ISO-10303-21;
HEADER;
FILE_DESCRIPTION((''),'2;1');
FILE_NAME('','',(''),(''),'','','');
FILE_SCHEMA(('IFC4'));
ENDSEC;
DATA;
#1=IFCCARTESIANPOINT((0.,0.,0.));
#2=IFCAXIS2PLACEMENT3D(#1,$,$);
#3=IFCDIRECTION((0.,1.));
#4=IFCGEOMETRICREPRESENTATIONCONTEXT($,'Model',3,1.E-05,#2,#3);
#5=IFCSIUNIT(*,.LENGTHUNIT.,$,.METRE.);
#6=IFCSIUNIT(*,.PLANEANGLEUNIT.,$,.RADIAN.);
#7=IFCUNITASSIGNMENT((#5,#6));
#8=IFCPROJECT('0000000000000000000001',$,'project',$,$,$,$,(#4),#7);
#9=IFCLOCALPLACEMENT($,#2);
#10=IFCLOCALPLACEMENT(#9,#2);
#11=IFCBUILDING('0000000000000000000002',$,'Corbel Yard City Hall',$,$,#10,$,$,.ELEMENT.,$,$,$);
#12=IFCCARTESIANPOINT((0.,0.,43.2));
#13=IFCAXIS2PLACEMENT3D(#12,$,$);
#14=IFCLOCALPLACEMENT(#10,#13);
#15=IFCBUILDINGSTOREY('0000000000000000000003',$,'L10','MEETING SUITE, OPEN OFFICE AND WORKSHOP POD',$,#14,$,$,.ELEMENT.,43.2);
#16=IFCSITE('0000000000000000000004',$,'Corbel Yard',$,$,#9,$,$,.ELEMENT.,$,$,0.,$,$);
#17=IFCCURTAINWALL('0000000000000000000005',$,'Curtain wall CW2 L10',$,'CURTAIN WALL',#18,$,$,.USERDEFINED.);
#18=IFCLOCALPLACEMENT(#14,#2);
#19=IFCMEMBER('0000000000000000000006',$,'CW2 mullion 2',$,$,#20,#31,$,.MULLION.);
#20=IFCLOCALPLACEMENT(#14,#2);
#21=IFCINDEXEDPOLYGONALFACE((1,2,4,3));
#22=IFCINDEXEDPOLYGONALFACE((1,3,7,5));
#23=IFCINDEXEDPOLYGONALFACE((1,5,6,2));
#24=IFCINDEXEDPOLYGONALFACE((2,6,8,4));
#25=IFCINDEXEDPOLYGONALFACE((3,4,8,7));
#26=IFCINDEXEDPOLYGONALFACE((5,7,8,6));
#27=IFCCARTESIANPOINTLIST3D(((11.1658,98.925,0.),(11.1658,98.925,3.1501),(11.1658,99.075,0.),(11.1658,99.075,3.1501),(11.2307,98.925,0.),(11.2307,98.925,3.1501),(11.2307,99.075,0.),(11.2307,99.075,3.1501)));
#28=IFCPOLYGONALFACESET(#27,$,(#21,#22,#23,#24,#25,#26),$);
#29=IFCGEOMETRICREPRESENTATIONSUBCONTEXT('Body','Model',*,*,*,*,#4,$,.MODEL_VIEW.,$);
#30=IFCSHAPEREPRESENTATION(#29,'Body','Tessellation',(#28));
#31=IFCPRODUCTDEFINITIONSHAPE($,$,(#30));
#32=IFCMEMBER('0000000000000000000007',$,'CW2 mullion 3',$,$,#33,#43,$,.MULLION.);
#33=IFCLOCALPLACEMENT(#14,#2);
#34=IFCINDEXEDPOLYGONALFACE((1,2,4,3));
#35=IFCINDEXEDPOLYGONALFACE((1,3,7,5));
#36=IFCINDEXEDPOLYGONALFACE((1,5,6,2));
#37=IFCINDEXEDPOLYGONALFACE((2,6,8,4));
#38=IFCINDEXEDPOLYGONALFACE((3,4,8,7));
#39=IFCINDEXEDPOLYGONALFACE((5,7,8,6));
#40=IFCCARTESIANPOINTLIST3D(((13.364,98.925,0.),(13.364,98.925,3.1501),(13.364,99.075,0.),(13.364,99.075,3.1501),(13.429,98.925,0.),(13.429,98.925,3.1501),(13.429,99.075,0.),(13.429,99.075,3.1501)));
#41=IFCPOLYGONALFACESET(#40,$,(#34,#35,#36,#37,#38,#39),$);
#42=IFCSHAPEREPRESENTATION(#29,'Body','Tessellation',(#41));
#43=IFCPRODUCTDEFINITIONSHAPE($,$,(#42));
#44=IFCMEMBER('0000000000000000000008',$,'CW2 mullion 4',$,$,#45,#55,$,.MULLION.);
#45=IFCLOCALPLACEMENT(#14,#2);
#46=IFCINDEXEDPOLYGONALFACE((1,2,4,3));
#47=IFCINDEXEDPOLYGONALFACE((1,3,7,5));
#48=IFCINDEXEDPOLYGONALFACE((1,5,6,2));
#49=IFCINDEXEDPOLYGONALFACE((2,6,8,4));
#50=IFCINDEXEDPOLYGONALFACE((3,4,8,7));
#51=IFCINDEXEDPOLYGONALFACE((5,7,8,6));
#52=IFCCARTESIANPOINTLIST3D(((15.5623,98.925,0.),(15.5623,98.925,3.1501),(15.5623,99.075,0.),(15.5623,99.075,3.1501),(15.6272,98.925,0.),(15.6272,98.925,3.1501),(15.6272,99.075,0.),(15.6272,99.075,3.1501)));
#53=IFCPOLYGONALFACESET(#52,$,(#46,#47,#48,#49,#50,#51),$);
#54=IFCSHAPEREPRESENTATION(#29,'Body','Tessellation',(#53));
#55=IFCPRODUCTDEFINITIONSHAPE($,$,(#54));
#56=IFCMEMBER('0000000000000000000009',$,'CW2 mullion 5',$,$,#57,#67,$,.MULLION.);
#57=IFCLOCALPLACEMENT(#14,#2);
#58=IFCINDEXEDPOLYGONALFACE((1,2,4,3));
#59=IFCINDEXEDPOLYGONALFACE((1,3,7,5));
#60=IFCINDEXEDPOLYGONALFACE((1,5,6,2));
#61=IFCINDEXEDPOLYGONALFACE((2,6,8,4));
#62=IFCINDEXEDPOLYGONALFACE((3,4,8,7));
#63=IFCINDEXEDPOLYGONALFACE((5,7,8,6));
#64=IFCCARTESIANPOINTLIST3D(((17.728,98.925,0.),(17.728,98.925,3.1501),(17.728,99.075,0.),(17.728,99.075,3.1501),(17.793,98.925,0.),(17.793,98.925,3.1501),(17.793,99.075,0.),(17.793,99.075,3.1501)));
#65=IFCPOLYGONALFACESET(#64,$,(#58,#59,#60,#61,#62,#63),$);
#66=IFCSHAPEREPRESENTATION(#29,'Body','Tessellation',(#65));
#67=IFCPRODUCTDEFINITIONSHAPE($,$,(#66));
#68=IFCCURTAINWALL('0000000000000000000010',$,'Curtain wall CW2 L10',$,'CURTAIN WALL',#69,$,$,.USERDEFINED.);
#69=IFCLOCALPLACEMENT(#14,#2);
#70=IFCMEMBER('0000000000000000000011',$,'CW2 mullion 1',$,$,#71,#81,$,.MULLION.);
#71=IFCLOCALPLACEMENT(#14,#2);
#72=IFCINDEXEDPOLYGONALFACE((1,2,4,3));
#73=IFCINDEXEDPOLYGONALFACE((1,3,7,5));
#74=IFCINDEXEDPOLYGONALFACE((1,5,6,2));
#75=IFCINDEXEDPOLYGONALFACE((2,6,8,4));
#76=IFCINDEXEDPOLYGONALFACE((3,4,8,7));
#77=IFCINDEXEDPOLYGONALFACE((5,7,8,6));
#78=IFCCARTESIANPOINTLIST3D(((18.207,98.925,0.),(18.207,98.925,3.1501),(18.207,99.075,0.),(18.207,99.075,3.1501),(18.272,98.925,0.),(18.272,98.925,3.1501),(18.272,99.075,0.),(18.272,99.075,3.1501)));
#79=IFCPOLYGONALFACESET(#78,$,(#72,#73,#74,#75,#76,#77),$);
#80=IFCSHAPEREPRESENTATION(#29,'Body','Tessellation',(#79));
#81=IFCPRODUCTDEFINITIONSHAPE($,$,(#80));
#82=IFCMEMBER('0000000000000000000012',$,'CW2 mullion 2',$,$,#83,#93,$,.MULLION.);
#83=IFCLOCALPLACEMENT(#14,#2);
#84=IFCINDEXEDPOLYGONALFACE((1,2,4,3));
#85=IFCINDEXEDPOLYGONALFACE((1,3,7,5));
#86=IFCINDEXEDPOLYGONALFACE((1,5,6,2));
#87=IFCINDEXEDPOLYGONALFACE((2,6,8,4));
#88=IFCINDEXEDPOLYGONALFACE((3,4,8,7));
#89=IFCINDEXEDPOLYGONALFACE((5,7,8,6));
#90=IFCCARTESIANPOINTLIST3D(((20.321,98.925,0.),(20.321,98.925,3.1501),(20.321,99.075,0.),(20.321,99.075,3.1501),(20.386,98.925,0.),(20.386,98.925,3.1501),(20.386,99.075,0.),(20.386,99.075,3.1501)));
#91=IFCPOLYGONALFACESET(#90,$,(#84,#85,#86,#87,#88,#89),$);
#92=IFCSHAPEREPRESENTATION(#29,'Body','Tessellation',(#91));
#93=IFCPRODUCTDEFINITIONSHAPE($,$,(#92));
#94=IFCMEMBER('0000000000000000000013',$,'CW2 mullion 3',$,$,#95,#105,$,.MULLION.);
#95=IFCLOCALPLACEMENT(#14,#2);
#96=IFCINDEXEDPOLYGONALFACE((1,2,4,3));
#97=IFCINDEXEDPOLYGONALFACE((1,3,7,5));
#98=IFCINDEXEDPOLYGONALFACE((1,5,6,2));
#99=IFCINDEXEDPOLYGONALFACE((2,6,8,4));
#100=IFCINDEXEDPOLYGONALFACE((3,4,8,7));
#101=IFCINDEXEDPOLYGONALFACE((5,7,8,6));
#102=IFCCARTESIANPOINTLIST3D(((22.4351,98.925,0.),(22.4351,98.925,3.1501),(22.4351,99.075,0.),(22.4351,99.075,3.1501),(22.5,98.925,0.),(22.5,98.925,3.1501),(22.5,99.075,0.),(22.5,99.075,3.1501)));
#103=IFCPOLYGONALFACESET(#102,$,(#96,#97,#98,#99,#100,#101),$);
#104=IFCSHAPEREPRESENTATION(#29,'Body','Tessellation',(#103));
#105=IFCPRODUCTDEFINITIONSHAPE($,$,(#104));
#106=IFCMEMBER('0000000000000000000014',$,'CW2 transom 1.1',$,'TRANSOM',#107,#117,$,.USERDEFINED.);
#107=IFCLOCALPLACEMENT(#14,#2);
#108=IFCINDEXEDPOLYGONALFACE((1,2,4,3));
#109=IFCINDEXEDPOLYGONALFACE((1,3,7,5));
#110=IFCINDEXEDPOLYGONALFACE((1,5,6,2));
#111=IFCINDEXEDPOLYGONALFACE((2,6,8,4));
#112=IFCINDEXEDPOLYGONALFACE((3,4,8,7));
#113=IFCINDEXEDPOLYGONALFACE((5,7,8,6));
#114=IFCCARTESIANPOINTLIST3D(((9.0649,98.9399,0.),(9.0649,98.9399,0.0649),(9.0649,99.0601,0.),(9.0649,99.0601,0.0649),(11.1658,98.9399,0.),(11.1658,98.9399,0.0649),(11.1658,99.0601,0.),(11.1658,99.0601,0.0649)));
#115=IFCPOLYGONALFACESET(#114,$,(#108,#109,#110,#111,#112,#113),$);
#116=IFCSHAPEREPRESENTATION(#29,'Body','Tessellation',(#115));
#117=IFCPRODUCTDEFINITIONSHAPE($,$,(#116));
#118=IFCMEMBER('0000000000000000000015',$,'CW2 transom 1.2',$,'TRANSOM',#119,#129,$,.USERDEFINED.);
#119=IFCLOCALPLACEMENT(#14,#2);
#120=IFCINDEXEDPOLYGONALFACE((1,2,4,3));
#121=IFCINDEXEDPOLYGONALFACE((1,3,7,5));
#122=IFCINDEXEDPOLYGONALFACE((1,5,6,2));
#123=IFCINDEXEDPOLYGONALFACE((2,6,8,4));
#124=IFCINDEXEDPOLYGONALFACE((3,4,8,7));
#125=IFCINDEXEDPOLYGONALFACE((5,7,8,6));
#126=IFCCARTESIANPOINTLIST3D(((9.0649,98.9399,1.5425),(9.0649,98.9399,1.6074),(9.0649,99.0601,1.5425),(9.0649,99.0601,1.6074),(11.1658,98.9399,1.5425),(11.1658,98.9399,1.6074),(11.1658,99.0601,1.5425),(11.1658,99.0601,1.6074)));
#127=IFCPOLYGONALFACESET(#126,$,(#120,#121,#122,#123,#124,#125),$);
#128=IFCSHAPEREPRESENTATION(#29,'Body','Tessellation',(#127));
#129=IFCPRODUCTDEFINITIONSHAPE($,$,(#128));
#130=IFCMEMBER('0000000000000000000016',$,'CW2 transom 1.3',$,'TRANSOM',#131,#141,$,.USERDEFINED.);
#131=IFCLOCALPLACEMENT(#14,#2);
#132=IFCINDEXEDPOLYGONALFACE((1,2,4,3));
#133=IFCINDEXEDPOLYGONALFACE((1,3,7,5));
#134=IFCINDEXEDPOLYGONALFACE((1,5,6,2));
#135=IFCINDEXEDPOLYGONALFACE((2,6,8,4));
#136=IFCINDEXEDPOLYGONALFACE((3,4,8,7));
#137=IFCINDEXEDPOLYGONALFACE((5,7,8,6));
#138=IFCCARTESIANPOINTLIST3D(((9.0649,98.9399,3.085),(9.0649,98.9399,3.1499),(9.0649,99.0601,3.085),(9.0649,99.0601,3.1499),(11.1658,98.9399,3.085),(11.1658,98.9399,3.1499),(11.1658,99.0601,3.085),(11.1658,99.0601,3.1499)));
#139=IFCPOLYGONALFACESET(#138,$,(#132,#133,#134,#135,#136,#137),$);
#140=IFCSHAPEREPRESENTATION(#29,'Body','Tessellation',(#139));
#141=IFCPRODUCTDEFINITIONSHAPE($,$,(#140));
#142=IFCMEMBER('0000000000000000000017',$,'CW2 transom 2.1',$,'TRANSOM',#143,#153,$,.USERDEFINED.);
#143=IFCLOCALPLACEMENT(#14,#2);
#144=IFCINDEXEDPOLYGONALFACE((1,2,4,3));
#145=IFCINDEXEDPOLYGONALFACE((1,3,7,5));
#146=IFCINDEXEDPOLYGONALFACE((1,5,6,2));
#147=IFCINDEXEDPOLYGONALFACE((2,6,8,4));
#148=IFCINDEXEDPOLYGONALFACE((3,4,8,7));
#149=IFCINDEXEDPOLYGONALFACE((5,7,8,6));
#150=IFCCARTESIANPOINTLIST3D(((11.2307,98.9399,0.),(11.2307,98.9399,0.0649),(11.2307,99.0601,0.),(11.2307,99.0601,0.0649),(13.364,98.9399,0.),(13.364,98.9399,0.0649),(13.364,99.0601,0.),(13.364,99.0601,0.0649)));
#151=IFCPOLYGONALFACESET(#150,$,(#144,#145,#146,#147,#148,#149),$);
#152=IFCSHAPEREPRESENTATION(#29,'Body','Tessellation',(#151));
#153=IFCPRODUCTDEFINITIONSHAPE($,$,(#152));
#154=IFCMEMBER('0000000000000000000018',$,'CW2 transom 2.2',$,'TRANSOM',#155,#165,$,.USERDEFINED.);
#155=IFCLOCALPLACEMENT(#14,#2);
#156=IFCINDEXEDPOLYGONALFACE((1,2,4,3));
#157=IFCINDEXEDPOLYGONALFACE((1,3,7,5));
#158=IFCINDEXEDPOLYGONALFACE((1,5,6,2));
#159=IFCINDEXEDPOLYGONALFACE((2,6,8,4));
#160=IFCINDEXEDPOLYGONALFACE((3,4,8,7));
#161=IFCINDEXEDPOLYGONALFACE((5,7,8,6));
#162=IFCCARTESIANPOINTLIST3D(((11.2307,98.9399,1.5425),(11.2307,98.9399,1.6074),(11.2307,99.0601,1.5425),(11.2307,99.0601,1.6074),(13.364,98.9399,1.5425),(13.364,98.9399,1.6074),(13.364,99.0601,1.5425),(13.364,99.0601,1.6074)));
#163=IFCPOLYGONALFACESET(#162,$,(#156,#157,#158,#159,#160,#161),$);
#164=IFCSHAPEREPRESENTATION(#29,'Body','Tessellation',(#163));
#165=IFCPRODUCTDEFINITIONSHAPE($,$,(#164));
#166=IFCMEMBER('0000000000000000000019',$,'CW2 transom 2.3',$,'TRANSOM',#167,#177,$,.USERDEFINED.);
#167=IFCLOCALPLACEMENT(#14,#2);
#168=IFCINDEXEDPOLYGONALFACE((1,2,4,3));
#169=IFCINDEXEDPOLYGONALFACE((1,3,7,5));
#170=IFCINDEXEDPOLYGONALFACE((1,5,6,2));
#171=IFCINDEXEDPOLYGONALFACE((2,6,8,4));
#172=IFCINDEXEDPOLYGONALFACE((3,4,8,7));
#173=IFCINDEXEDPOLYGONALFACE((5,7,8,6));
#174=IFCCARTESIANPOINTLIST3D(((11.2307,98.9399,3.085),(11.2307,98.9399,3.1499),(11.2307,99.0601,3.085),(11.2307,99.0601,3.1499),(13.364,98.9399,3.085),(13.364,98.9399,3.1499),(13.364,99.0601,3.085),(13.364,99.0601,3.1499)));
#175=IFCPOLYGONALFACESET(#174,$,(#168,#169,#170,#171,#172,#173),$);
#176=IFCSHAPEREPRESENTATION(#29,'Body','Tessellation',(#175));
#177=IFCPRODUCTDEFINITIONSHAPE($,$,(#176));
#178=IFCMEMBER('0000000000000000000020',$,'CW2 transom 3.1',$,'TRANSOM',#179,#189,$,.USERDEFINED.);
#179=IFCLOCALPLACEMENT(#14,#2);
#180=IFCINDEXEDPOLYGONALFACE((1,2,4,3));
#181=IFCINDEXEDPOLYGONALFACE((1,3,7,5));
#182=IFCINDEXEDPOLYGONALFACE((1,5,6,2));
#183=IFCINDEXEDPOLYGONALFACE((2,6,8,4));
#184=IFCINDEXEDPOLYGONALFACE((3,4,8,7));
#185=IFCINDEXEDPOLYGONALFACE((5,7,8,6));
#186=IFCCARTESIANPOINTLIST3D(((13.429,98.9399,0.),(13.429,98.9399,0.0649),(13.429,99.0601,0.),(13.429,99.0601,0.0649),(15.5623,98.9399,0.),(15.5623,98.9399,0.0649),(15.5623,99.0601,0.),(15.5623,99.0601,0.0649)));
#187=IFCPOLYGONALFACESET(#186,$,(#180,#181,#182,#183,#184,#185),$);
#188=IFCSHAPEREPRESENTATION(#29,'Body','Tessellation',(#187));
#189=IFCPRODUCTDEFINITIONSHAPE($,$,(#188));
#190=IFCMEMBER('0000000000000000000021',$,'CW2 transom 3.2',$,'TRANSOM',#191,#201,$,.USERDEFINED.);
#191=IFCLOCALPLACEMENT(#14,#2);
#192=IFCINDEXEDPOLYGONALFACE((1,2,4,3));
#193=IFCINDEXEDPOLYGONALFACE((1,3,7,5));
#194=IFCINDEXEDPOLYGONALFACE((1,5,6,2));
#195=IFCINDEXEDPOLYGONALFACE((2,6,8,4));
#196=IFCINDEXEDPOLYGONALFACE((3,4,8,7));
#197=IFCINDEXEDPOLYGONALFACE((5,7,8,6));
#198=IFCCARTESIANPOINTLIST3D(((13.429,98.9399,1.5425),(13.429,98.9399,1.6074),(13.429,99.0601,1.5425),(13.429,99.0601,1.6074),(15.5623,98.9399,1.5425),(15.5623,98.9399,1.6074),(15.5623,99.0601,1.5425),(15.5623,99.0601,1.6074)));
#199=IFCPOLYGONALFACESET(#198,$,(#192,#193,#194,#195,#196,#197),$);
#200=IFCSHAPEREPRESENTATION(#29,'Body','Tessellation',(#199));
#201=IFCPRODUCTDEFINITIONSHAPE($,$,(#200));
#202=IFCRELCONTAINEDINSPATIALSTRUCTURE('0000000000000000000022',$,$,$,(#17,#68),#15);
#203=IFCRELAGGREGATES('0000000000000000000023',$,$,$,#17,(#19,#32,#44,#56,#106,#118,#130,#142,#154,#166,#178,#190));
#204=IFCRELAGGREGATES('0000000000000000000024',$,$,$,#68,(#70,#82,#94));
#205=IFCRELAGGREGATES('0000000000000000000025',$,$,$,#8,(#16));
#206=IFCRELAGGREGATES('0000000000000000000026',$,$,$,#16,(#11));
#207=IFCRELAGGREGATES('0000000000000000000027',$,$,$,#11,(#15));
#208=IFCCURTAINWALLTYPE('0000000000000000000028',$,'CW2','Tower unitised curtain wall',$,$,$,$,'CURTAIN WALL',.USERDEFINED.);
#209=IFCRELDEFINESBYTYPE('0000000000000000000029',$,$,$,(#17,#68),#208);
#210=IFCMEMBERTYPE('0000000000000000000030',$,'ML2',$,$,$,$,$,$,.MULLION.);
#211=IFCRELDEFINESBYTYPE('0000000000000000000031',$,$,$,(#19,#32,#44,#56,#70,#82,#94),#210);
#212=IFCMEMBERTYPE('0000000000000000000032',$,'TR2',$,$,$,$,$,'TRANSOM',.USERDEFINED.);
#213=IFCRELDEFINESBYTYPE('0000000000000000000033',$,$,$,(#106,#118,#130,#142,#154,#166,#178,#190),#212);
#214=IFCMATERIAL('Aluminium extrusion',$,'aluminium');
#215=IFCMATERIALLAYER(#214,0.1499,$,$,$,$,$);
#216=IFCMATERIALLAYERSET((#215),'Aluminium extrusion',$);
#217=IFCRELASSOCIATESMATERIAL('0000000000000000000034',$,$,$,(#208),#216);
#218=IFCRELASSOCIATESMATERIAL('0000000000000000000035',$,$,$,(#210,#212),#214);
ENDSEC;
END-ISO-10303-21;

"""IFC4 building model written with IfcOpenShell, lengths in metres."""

from ifc_helpers import new_model, si_unit, direction, frame, origin, origin_2d, place, context, subcontext, project, spatial, rectangle, extrude, material, layer, layer_set, material_profile, profile_set, type_object, element, aggregate, save


model = new_model("IFC4")

# Units and contexts
model_context = context("Model", 3, precision=1e-05, world=origin(), true_north=direction((0.0, 1.0)))
body_context = subcontext(model_context, "Body", "Model", "MODEL_VIEW")
ifc_project = project(units=[si_unit("LENGTHUNIT", "METRE"), si_unit("PLANEANGLEUNIT", "RADIAN")], contexts=[model_context])

# Site, building, storey
site_placement = place(None, origin())
site = spatial("IfcSite", under=ifc_project, at=site_placement, Name="Corbel Yard", CompositionType="ELEMENT", RefElevation=0.0)
building_placement = place(site_placement, origin())
building = spatial("IfcBuilding", under=site, at=building_placement, Name="Corbel Yard City Hall", CompositionType="ELEMENT")
storey_placement = place(building_placement, frame((0.0, 0.0, 43.2)))
storey = spatial("IfcBuildingStorey", under=building, at=storey_placement, Name="L10", Description="MEETING SUITE, OPEN OFFICE AND WORKSHOP POD", CompositionType="ELEMENT", Elevation=43.2)

# Curtain walls, members
ifc_material_1 = material(Name="Aluminium extrusion", Category="aluminium")
ifc_layer_1 = layer(ifc_material_1, 0.1499)
ifc_layer_set_1 = layer_set([ifc_layer_1], Name="Aluminium extrusion")
curtain_wall_type = type_object("IfcCurtainWallType", Name="CW2", Description="Tower unitised curtain wall", ElementType="CURTAIN WALL", PredefinedType="USERDEFINED", material=ifc_layer_set_1)
curtain_wall_1_placement = place(storey_placement, origin())
curtain_wall_1 = element("IfcCurtainWall", 1, at=curtain_wall_1_placement, inside=storey, type_object=curtain_wall_type, Name="Curtain wall CW2 L10", ObjectType="CURTAIN WALL", PredefinedType="USERDEFINED")
ifc_material_profile_1 = material_profile(ifc_material_1, rectangle(XDim=0.1499, YDim=0.0649, at=origin_2d()), Name="150x65")
ifc_profile_set_1 = profile_set([ifc_material_profile_1], Name="Aluminium extrusion")
member_type_1 = type_object("IfcMemberType", Name="ML2", PredefinedType="MULLION", material=ifc_profile_set_1)
member_1_placement = place(storey_placement, frame((11.1982, 99.0, 0.0), z_axis=(0.0, 0.0, 1.0), x_axis=(0.0, 1.0, 0.0)))
member_1 = element("IfcMember", 2, at=member_1_placement, type_object=member_type_1, Name="CW2 mullion 2", PredefinedType="MULLION", context=body_context, shape_type="SweptSolid", body=[
    extrude(rectangle(XDim=0.1499, YDim=0.0649, at=origin_2d()), origin(), (0.0, 0.0, 1.0), 3.1501),
])
member_2_placement = place(storey_placement, frame((13.3965, 99.0, 0.0), z_axis=(0.0, 0.0, 1.0), x_axis=(0.0, 1.0, 0.0)))
member_2 = element("IfcMember", 3, at=member_2_placement, type_object=member_type_1, Name="CW2 mullion 3", PredefinedType="MULLION", context=body_context, shape_type="SweptSolid", body=[
    extrude(rectangle(XDim=0.1499, YDim=0.0649, at=origin_2d()), origin(), (0.0, 0.0, 1.0), 3.1501),
])
member_3_placement = place(storey_placement, frame((15.5947, 99.0, 0.0), z_axis=(0.0, 0.0, 1.0), x_axis=(0.0, 1.0, 0.0)))
member_3 = element("IfcMember", 4, at=member_3_placement, type_object=member_type_1, Name="CW2 mullion 4", PredefinedType="MULLION", context=body_context, shape_type="SweptSolid", body=[
    extrude(rectangle(XDim=0.1499, YDim=0.0649, at=origin_2d()), origin(), (0.0, 0.0, 1.0), 3.1501),
])
member_4_placement = place(storey_placement, frame((17.7605, 99.0, 0.0), z_axis=(0.0, 0.0, 1.0), x_axis=(0.0, 1.0, 0.0)))
member_4 = element("IfcMember", 5, at=member_4_placement, type_object=member_type_1, Name="CW2 mullion 5", PredefinedType="MULLION", context=body_context, shape_type="SweptSolid", body=[
    extrude(rectangle(XDim=0.1499, YDim=0.0649, at=origin_2d()), origin(), (0.0, 0.0, 1.0), 3.1501),
])
curtain_wall_2_placement = place(storey_placement, origin())
curtain_wall_2 = element("IfcCurtainWall", 6, at=curtain_wall_2_placement, inside=storey, type_object=curtain_wall_type, Name="Curtain wall CW2 L10", ObjectType="CURTAIN WALL", PredefinedType="USERDEFINED")
member_5_placement = place(storey_placement, frame((18.2395, 99.0, 0.0), z_axis=(0.0, 0.0, 1.0), x_axis=(0.0, 1.0, 0.0)))
member_5 = element("IfcMember", 7, at=member_5_placement, type_object=member_type_1, Name="CW2 mullion 1", PredefinedType="MULLION", context=body_context, shape_type="SweptSolid", body=[
    extrude(rectangle(XDim=0.1499, YDim=0.0649, at=origin_2d()), origin(), (0.0, 0.0, 1.0), 3.1501),
])
member_6_placement = place(storey_placement, frame((20.3535, 99.0, 0.0), z_axis=(0.0, 0.0, 1.0), x_axis=(0.0, 1.0, 0.0)))
member_6 = element("IfcMember", 8, at=member_6_placement, type_object=member_type_1, Name="CW2 mullion 2", PredefinedType="MULLION", context=body_context, shape_type="SweptSolid", body=[
    extrude(rectangle(XDim=0.1499, YDim=0.0649, at=origin_2d()), origin(), (0.0, 0.0, 1.0), 3.1501),
])
member_7_placement = place(storey_placement, frame((22.4675, 99.0, 0.0), z_axis=(0.0, 0.0, 1.0), x_axis=(0.0, 1.0, 0.0)))
member_7 = element("IfcMember", 9, at=member_7_placement, type_object=member_type_1, Name="CW2 mullion 3", PredefinedType="MULLION", context=body_context, shape_type="SweptSolid", body=[
    extrude(rectangle(XDim=0.1499, YDim=0.0649, at=origin_2d()), origin(), (0.0, 0.0, 1.0), 3.1501),
])

# Members
ifc_material_profile_2 = material_profile(ifc_material_1, rectangle(XDim=0.1201, YDim=0.0649, at=origin_2d()), Name="120x65")
ifc_profile_set_2 = profile_set([ifc_material_profile_2], Name="Aluminium extrusion")
member_type_2 = type_object("IfcMemberType", Name="TR2", ElementType="TRANSOM", PredefinedType="USERDEFINED", material=ifc_profile_set_2)
member_8_placement = place(storey_placement, frame((9.0649, 99.0, 0.0325), z_axis=(1.0, 0.0, 0.0), x_axis=(0.0, 1.0, 0.0)))
member_8 = element("IfcMember", 10, at=member_8_placement, type_object=member_type_2, Name="CW2 transom 1.1", ObjectType="TRANSOM", PredefinedType="USERDEFINED", context=body_context, shape_type="SweptSolid", body=[
    extrude(rectangle(XDim=0.1201, YDim=0.0649, at=origin_2d()), origin(), (0.0, 0.0, 1.0), 2.1008),
])
member_9_placement = place(storey_placement, frame((9.0649, 99.0, 1.575), z_axis=(1.0, 0.0, 0.0), x_axis=(0.0, 1.0, 0.0)))
member_9 = element("IfcMember", 11, at=member_9_placement, type_object=member_type_2, Name="CW2 transom 1.2", ObjectType="TRANSOM", PredefinedType="USERDEFINED", context=body_context, shape_type="SweptSolid", body=[
    extrude(rectangle(XDim=0.1201, YDim=0.0649, at=origin_2d()), origin(), (0.0, 0.0, 1.0), 2.1008),
])
member_10_placement = place(storey_placement, frame((9.0649, 99.0, 3.1174), z_axis=(1.0, 0.0, 0.0), x_axis=(0.0, 1.0, 0.0)))
member_10 = element("IfcMember", 12, at=member_10_placement, type_object=member_type_2, Name="CW2 transom 1.3", ObjectType="TRANSOM", PredefinedType="USERDEFINED", context=body_context, shape_type="SweptSolid", body=[
    extrude(rectangle(XDim=0.1201, YDim=0.0649, at=origin_2d()), origin(), (0.0, 0.0, 1.0), 2.1008),
])
member_11_placement = place(storey_placement, frame((11.2307, 99.0, 0.0325), z_axis=(1.0, 0.0, 0.0), x_axis=(0.0, 1.0, 0.0)))
member_11 = element("IfcMember", 13, at=member_11_placement, type_object=member_type_2, Name="CW2 transom 2.1", ObjectType="TRANSOM", PredefinedType="USERDEFINED", context=body_context, shape_type="SweptSolid", body=[
    extrude(rectangle(XDim=0.1201, YDim=0.0649, at=origin_2d()), origin(), (0.0, 0.0, 1.0), 2.1333),
])
member_12_placement = place(storey_placement, frame((11.2307, 99.0, 1.575), z_axis=(1.0, 0.0, 0.0), x_axis=(0.0, 1.0, 0.0)))
member_12 = element("IfcMember", 14, at=member_12_placement, type_object=member_type_2, Name="CW2 transom 2.2", ObjectType="TRANSOM", PredefinedType="USERDEFINED", context=body_context, shape_type="SweptSolid", body=[
    extrude(rectangle(XDim=0.1201, YDim=0.0649, at=origin_2d()), origin(), (0.0, 0.0, 1.0), 2.1333),
])
member_13_placement = place(storey_placement, frame((11.2307, 99.0, 3.1174), z_axis=(1.0, 0.0, 0.0), x_axis=(0.0, 1.0, 0.0)))
member_13 = element("IfcMember", 15, at=member_13_placement, type_object=member_type_2, Name="CW2 transom 2.3", ObjectType="TRANSOM", PredefinedType="USERDEFINED", context=body_context, shape_type="SweptSolid", body=[
    extrude(rectangle(XDim=0.1201, YDim=0.0649, at=origin_2d()), origin(), (0.0, 0.0, 1.0), 2.1333),
])
member_14_placement = place(storey_placement, frame((13.429, 99.0, 0.0325), z_axis=(1.0, 0.0, 0.0), x_axis=(0.0, 1.0, 0.0)))
member_14 = element("IfcMember", 16, at=member_14_placement, type_object=member_type_2, Name="CW2 transom 3.1", ObjectType="TRANSOM", PredefinedType="USERDEFINED", context=body_context, shape_type="SweptSolid", body=[
    extrude(rectangle(XDim=0.1201, YDim=0.0649, at=origin_2d()), origin(), (0.0, 0.0, 1.0), 2.1333),
])
member_15_placement = place(storey_placement, frame((13.429, 99.0, 1.575), z_axis=(1.0, 0.0, 0.0), x_axis=(0.0, 1.0, 0.0)))
member_15 = element("IfcMember", 17, at=member_15_placement, type_object=member_type_2, Name="CW2 transom 3.2", ObjectType="TRANSOM", PredefinedType="USERDEFINED", context=body_context, shape_type="SweptSolid", body=[
    extrude(rectangle(XDim=0.1201, YDim=0.0649, at=origin_2d()), origin(), (0.0, 0.0, 1.0), 2.1333),
])

aggregate(curtain_wall_1, [member_1, member_2, member_3, member_4, member_8, member_9, member_10, member_11, member_12, member_13, member_14, member_15])
aggregate(curtain_wall_2, [member_5, member_6, member_7])

save(model, "model.ifc")
